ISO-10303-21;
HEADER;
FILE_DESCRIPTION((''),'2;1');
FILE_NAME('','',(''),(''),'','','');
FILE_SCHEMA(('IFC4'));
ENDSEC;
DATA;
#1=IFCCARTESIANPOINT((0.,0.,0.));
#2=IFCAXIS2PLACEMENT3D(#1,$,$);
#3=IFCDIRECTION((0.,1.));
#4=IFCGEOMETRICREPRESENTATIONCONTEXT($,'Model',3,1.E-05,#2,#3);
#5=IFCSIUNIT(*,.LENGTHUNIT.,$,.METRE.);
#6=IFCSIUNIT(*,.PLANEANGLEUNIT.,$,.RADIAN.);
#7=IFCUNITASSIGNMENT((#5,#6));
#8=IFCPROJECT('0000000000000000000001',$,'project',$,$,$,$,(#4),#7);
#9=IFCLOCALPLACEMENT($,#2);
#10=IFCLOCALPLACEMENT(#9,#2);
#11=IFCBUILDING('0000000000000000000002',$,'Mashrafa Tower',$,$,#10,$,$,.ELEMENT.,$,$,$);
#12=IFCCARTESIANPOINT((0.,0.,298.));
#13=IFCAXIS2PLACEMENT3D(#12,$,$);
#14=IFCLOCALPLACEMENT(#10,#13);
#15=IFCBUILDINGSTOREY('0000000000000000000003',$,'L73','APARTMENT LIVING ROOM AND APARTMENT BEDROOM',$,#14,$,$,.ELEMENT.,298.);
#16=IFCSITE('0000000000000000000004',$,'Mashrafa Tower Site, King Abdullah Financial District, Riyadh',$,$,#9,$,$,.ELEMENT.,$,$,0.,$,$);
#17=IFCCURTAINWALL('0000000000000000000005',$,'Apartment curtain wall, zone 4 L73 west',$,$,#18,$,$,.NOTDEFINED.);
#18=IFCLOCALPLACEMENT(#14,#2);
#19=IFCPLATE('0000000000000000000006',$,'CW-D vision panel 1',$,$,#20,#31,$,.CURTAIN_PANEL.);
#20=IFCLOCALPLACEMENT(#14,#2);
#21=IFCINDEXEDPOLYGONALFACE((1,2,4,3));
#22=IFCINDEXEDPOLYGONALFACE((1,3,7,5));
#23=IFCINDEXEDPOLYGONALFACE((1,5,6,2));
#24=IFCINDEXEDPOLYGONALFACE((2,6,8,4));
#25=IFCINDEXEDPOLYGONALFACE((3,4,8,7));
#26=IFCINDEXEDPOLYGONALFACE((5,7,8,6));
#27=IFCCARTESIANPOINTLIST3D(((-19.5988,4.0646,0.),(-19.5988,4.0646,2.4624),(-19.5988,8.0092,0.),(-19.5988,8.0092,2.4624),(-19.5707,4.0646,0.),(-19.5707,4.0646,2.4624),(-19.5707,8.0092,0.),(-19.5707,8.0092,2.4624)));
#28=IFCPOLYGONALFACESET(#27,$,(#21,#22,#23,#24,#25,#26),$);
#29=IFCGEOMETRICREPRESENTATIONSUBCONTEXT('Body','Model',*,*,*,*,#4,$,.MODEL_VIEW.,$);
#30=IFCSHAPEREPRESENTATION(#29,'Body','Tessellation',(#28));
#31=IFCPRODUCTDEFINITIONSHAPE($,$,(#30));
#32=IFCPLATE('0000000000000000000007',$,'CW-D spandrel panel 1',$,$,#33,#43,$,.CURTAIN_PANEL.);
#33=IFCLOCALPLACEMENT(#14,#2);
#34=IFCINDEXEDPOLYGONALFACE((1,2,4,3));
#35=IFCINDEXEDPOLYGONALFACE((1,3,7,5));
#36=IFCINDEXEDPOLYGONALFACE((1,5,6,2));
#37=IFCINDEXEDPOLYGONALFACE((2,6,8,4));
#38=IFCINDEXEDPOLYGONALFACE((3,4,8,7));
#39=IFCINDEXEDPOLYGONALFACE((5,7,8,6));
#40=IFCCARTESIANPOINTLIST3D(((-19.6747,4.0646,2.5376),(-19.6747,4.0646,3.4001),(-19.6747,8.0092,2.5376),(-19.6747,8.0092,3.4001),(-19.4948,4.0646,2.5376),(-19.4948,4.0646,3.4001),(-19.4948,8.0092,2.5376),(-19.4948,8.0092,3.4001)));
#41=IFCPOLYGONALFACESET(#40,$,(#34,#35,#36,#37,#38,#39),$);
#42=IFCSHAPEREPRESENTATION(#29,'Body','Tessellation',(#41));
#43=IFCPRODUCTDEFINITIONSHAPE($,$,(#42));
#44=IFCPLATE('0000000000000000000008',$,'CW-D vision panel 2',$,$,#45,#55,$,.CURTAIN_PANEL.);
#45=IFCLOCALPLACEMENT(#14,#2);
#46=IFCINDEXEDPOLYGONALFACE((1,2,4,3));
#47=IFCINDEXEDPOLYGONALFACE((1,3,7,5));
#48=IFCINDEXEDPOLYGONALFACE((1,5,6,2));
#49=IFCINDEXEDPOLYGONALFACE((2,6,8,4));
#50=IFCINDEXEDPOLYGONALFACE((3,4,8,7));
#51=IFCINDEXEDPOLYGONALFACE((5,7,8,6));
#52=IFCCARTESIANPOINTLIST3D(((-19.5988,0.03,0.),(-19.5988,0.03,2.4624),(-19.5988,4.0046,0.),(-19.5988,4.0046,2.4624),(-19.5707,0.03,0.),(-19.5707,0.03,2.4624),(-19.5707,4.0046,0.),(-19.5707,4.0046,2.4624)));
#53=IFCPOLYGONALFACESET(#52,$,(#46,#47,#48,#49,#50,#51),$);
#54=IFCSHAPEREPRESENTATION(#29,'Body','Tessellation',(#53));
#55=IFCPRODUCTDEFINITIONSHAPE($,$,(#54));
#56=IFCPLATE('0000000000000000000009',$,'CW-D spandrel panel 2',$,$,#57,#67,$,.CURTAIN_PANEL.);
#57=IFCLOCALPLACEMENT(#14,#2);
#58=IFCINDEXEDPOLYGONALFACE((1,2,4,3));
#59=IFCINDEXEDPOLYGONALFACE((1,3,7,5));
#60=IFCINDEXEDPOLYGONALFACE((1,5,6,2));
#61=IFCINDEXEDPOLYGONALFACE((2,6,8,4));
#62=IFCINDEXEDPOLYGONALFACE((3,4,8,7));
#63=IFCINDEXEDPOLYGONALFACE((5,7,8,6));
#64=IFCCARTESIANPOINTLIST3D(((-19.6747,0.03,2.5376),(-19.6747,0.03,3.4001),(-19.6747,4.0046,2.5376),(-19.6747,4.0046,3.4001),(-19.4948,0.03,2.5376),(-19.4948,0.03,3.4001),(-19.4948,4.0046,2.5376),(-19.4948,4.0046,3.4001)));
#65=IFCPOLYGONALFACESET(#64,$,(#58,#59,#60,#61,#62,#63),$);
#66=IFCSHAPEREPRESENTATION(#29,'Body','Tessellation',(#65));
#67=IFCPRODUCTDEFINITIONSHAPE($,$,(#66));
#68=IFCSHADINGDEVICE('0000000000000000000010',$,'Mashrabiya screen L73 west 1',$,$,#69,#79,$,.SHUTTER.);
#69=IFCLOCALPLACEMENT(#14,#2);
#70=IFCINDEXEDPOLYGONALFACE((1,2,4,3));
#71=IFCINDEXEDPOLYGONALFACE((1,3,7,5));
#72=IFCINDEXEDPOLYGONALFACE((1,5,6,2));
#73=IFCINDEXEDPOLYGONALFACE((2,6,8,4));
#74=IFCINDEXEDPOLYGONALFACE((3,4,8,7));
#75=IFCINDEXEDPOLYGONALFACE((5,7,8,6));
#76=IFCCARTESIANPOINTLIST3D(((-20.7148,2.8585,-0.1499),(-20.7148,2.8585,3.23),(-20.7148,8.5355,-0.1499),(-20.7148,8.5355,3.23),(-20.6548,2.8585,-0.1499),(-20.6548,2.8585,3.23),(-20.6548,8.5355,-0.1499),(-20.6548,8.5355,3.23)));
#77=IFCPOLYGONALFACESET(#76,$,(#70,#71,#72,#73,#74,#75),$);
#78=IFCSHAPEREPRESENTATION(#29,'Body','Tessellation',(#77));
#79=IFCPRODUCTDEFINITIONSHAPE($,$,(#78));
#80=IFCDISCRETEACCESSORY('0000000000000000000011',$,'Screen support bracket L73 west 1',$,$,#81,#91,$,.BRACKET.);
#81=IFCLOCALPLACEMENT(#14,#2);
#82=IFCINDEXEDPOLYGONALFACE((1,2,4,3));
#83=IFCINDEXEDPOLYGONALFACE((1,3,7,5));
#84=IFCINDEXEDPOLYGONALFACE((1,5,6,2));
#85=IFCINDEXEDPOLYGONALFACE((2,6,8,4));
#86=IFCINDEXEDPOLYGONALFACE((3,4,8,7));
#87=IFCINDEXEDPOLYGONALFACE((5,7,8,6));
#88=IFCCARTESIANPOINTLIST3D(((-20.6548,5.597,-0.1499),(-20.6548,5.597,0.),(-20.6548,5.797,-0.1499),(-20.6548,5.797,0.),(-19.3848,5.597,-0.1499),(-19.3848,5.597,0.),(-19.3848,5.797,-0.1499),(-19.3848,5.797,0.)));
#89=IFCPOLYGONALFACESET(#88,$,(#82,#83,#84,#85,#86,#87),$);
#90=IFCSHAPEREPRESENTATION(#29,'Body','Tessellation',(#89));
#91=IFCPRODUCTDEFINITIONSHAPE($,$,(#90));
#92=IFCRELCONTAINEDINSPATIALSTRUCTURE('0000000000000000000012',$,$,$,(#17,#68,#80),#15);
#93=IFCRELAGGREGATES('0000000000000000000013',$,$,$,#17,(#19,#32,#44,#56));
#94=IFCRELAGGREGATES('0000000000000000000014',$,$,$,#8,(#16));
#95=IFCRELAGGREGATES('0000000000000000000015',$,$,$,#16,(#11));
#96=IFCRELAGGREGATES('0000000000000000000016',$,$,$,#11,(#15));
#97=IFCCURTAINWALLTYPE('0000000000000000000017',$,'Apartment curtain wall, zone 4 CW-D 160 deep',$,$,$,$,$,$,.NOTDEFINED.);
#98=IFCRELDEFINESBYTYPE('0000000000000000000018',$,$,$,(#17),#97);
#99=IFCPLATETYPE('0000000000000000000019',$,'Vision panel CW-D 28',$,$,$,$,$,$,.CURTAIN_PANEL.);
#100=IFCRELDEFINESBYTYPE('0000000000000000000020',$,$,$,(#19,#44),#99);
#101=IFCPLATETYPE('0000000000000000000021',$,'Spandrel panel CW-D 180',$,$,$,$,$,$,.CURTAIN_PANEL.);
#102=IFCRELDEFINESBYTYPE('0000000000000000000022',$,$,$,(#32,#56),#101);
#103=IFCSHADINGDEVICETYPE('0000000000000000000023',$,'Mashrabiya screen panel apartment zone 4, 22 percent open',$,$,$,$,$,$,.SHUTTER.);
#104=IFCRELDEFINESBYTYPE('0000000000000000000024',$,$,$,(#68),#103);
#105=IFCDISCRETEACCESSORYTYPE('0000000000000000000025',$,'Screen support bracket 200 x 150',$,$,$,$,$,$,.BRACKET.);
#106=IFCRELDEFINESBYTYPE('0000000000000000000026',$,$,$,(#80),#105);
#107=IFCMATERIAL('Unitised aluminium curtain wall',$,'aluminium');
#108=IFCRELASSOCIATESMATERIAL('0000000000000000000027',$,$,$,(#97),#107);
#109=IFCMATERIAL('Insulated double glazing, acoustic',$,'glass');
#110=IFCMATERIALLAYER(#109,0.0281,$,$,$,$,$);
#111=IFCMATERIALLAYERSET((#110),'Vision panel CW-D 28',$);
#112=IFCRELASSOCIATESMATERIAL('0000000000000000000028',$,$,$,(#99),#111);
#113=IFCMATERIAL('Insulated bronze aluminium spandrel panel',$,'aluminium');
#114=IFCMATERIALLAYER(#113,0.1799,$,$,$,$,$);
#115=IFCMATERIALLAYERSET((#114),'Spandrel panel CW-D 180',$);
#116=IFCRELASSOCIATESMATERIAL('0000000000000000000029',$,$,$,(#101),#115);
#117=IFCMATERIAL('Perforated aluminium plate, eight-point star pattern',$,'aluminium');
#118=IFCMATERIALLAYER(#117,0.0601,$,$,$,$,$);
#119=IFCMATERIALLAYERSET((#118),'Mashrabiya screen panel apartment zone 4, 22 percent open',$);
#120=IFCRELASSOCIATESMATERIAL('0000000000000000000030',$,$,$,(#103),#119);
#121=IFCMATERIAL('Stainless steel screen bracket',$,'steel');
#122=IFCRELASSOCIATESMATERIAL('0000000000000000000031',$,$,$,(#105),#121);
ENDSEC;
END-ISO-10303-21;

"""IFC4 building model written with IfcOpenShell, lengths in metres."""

from ifc_helpers import new_model, si_unit, direction, frame, origin, origin_2d, place, context, subcontext, project, spatial, rectangle, extrude, source, transform, mapped, material, layer, layer_set, type_object, type_shapes, element, aggregate, save


model = new_model("IFC4")

# Units and contexts
model_context = context("Model", 3, precision=1e-05, world=origin(), true_north=direction((0.0, 1.0)))
body_context = subcontext(model_context, "Body", "Model", "MODEL_VIEW")
ifc_project = project(units=[si_unit("LENGTHUNIT", "METRE"), si_unit("PLANEANGLEUNIT", "RADIAN")], contexts=[model_context])

# Site, building, storey
site_placement = place(None, origin())
site = spatial("IfcSite", under=ifc_project, at=site_placement, Name="Mashrafa Tower Site, King Abdullah Financial District, Riyadh", CompositionType="ELEMENT", RefElevation=0.0)
building_placement = place(site_placement, origin())
building = spatial("IfcBuilding", under=site, at=building_placement, Name="Mashrafa Tower", CompositionType="ELEMENT")
storey_placement = place(building_placement, frame((0.0, 0.0, 298.0)))
storey = spatial("IfcBuildingStorey", under=building, at=storey_placement, Name="L73", Description="APARTMENT LIVING ROOM AND APARTMENT BEDROOM", CompositionType="ELEMENT", Elevation=298.0)

# Curtain wall, plates
ifc_material_1 = material(Name="Unitised aluminium curtain wall", Category="aluminium")
curtain_wall_type = type_object("IfcCurtainWallType", Name="Apartment curtain wall, zone 4 CW-D 160 deep", PredefinedType="NOTDEFINED", material=ifc_material_1)
curtain_wall_placement = place(storey_placement, origin())
curtain_wall = element("IfcCurtainWall", 1, at=curtain_wall_placement, inside=storey, type_object=curtain_wall_type, Name="Apartment curtain wall, zone 4 L73 west", PredefinedType="NOTDEFINED")
ifc_material_2 = material(Name="Insulated double glazing, acoustic", Category="glass")
ifc_layer_1 = layer(ifc_material_2, 0.0281)
ifc_layer_set_1 = layer_set([ifc_layer_1], Name="Vision panel CW-D 28")
plate_type_1 = type_object("IfcPlateType", Name="Vision panel CW-D 28", PredefinedType="CURTAIN_PANEL", material=ifc_layer_set_1)
shared_shape_1 = source(origin(), body_context, "Body", "SweptSolid", [
    extrude(rectangle(XDim=3.9446, YDim=0.0281, at=origin_2d()), origin(), (0.0, 0.0, 1.0), 2.4624),
])
plate_1_placement = place(storey_placement, frame((-19.5847, 6.0369, 0.0), z_axis=(0.0, 0.0, 1.0), x_axis=(0.0, -1.0, 0.0)))
plate_1 = element("IfcPlate", 2, at=plate_1_placement, type_object=plate_type_1, Name="CW-D vision panel 1", PredefinedType="CURTAIN_PANEL", context=body_context, shape_type="MappedRepresentation", body=[
    mapped(shared_shape_1, transform((0.0, 0.0, 0.0))),
])
ifc_material_3 = material(Name="Insulated bronze aluminium spandrel panel", Category="aluminium")
ifc_layer_2 = layer(ifc_material_3, 0.1799)
ifc_layer_set_2 = layer_set([ifc_layer_2], Name="Spandrel panel CW-D 180")
plate_type_2 = type_object("IfcPlateType", Name="Spandrel panel CW-D 180", PredefinedType="CURTAIN_PANEL", material=ifc_layer_set_2)
shared_shape_2 = source(origin(), body_context, "Body", "SweptSolid", [
    extrude(rectangle(XDim=3.9446, YDim=0.1799, at=origin_2d()), origin(), (0.0, 0.0, 1.0), 0.8625),
])
plate_2_placement = place(storey_placement, frame((-19.5847, 6.0369, 2.5376), z_axis=(0.0, 0.0, 1.0), x_axis=(0.0, -1.0, 0.0)))
plate_2 = element("IfcPlate", 3, at=plate_2_placement, type_object=plate_type_2, Name="CW-D spandrel panel 1", PredefinedType="CURTAIN_PANEL", context=body_context, shape_type="MappedRepresentation", body=[
    mapped(shared_shape_2, transform((0.0, 0.0, 0.0))),
])
shared_shape_3 = source(origin(), body_context, "Body", "SweptSolid", [
    extrude(rectangle(XDim=3.9746, YDim=0.0281, at=origin_2d()), origin(), (0.0, 0.0, 1.0), 2.4624),
])
type_shapes(plate_type_1, [shared_shape_1, shared_shape_3])
plate_3_placement = place(storey_placement, frame((-19.5847, 2.0173, 0.0), z_axis=(0.0, 0.0, 1.0), x_axis=(0.0, -1.0, 0.0)))
plate_3 = element("IfcPlate", 4, at=plate_3_placement, type_object=plate_type_1, Name="CW-D vision panel 2", PredefinedType="CURTAIN_PANEL", context=body_context, shape_type="MappedRepresentation", body=[
    mapped(shared_shape_3, transform((0.0, 0.0, 0.0))),
])
shared_shape_4 = source(origin(), body_context, "Body", "SweptSolid", [
    extrude(rectangle(XDim=3.9746, YDim=0.1799, at=origin_2d()), origin(), (0.0, 0.0, 1.0), 0.8625),
])
type_shapes(plate_type_2, [shared_shape_2, shared_shape_4])
plate_4_placement = place(storey_placement, frame((-19.5847, 2.0173, 2.5376), z_axis=(0.0, 0.0, 1.0), x_axis=(0.0, -1.0, 0.0)))
plate_4 = element("IfcPlate", 5, at=plate_4_placement, type_object=plate_type_2, Name="CW-D spandrel panel 2", PredefinedType="CURTAIN_PANEL", context=body_context, shape_type="MappedRepresentation", body=[
    mapped(shared_shape_4, transform((0.0, 0.0, 0.0))),
])
aggregate(curtain_wall, [plate_1, plate_2, plate_3, plate_4])

# Shading device
ifc_material_4 = material(Name="Perforated aluminium plate, eight-point star pattern", Category="aluminium")
ifc_layer_3 = layer(ifc_material_4, 0.0601)
ifc_layer_set_3 = layer_set([ifc_layer_3], Name="Mashrabiya screen panel apartment zone 4, 22 percent open")
shading_device_type = type_object("IfcShadingDeviceType", Name="Mashrabiya screen panel apartment zone 4, 22 percent open", PredefinedType="SHUTTER", material=ifc_layer_set_3)
shared_shape_5 = source(origin(), body_context, "Body", "SweptSolid", [
    extrude(rectangle(XDim=5.677, YDim=0.0601, at=origin_2d()), origin(), (0.0, 0.0, 1.0), 3.3799),
])
type_shapes(shading_device_type, [shared_shape_5])
shading_device_placement = place(storey_placement, frame((-20.6848, 5.697, -0.1499), z_axis=(0.0, 0.0, 1.0), x_axis=(0.0, -1.0, 0.0)))
element("IfcShadingDevice", 6, at=shading_device_placement, inside=storey, type_object=shading_device_type, Name="Mashrabiya screen L73 west 1", PredefinedType="SHUTTER", context=body_context, shape_type="MappedRepresentation", body=[
    mapped(shared_shape_5, transform((0.0, 0.0, 0.0))),
])

# Discrete accessory
ifc_material_5 = material(Name="Stainless steel screen bracket", Category="steel")
discrete_accessory_type = type_object("IfcDiscreteAccessoryType", Name="Screen support bracket 200 x 150", PredefinedType="BRACKET", material=ifc_material_5)
shared_shape_6 = source(origin(), body_context, "Body", "SweptSolid", [
    extrude(rectangle(XDim=0.2, YDim=1.27, at=origin_2d()), origin(), (0.0, 0.0, 1.0), 0.1499),
])
type_shapes(discrete_accessory_type, [shared_shape_6])
discrete_accessory_placement = place(storey_placement, frame((-20.0198, 5.697, -0.1499), z_axis=(0.0, 0.0, 1.0), x_axis=(0.0, -1.0, 0.0)))
element("IfcDiscreteAccessory", 7, at=discrete_accessory_placement, inside=storey, type_object=discrete_accessory_type, Name="Screen support bracket L73 west 1", PredefinedType="BRACKET", context=body_context, shape_type="MappedRepresentation", body=[
    mapped(shared_shape_6, transform((0.0, 0.0, 0.0))),
])

save(model, "model.ifc")
